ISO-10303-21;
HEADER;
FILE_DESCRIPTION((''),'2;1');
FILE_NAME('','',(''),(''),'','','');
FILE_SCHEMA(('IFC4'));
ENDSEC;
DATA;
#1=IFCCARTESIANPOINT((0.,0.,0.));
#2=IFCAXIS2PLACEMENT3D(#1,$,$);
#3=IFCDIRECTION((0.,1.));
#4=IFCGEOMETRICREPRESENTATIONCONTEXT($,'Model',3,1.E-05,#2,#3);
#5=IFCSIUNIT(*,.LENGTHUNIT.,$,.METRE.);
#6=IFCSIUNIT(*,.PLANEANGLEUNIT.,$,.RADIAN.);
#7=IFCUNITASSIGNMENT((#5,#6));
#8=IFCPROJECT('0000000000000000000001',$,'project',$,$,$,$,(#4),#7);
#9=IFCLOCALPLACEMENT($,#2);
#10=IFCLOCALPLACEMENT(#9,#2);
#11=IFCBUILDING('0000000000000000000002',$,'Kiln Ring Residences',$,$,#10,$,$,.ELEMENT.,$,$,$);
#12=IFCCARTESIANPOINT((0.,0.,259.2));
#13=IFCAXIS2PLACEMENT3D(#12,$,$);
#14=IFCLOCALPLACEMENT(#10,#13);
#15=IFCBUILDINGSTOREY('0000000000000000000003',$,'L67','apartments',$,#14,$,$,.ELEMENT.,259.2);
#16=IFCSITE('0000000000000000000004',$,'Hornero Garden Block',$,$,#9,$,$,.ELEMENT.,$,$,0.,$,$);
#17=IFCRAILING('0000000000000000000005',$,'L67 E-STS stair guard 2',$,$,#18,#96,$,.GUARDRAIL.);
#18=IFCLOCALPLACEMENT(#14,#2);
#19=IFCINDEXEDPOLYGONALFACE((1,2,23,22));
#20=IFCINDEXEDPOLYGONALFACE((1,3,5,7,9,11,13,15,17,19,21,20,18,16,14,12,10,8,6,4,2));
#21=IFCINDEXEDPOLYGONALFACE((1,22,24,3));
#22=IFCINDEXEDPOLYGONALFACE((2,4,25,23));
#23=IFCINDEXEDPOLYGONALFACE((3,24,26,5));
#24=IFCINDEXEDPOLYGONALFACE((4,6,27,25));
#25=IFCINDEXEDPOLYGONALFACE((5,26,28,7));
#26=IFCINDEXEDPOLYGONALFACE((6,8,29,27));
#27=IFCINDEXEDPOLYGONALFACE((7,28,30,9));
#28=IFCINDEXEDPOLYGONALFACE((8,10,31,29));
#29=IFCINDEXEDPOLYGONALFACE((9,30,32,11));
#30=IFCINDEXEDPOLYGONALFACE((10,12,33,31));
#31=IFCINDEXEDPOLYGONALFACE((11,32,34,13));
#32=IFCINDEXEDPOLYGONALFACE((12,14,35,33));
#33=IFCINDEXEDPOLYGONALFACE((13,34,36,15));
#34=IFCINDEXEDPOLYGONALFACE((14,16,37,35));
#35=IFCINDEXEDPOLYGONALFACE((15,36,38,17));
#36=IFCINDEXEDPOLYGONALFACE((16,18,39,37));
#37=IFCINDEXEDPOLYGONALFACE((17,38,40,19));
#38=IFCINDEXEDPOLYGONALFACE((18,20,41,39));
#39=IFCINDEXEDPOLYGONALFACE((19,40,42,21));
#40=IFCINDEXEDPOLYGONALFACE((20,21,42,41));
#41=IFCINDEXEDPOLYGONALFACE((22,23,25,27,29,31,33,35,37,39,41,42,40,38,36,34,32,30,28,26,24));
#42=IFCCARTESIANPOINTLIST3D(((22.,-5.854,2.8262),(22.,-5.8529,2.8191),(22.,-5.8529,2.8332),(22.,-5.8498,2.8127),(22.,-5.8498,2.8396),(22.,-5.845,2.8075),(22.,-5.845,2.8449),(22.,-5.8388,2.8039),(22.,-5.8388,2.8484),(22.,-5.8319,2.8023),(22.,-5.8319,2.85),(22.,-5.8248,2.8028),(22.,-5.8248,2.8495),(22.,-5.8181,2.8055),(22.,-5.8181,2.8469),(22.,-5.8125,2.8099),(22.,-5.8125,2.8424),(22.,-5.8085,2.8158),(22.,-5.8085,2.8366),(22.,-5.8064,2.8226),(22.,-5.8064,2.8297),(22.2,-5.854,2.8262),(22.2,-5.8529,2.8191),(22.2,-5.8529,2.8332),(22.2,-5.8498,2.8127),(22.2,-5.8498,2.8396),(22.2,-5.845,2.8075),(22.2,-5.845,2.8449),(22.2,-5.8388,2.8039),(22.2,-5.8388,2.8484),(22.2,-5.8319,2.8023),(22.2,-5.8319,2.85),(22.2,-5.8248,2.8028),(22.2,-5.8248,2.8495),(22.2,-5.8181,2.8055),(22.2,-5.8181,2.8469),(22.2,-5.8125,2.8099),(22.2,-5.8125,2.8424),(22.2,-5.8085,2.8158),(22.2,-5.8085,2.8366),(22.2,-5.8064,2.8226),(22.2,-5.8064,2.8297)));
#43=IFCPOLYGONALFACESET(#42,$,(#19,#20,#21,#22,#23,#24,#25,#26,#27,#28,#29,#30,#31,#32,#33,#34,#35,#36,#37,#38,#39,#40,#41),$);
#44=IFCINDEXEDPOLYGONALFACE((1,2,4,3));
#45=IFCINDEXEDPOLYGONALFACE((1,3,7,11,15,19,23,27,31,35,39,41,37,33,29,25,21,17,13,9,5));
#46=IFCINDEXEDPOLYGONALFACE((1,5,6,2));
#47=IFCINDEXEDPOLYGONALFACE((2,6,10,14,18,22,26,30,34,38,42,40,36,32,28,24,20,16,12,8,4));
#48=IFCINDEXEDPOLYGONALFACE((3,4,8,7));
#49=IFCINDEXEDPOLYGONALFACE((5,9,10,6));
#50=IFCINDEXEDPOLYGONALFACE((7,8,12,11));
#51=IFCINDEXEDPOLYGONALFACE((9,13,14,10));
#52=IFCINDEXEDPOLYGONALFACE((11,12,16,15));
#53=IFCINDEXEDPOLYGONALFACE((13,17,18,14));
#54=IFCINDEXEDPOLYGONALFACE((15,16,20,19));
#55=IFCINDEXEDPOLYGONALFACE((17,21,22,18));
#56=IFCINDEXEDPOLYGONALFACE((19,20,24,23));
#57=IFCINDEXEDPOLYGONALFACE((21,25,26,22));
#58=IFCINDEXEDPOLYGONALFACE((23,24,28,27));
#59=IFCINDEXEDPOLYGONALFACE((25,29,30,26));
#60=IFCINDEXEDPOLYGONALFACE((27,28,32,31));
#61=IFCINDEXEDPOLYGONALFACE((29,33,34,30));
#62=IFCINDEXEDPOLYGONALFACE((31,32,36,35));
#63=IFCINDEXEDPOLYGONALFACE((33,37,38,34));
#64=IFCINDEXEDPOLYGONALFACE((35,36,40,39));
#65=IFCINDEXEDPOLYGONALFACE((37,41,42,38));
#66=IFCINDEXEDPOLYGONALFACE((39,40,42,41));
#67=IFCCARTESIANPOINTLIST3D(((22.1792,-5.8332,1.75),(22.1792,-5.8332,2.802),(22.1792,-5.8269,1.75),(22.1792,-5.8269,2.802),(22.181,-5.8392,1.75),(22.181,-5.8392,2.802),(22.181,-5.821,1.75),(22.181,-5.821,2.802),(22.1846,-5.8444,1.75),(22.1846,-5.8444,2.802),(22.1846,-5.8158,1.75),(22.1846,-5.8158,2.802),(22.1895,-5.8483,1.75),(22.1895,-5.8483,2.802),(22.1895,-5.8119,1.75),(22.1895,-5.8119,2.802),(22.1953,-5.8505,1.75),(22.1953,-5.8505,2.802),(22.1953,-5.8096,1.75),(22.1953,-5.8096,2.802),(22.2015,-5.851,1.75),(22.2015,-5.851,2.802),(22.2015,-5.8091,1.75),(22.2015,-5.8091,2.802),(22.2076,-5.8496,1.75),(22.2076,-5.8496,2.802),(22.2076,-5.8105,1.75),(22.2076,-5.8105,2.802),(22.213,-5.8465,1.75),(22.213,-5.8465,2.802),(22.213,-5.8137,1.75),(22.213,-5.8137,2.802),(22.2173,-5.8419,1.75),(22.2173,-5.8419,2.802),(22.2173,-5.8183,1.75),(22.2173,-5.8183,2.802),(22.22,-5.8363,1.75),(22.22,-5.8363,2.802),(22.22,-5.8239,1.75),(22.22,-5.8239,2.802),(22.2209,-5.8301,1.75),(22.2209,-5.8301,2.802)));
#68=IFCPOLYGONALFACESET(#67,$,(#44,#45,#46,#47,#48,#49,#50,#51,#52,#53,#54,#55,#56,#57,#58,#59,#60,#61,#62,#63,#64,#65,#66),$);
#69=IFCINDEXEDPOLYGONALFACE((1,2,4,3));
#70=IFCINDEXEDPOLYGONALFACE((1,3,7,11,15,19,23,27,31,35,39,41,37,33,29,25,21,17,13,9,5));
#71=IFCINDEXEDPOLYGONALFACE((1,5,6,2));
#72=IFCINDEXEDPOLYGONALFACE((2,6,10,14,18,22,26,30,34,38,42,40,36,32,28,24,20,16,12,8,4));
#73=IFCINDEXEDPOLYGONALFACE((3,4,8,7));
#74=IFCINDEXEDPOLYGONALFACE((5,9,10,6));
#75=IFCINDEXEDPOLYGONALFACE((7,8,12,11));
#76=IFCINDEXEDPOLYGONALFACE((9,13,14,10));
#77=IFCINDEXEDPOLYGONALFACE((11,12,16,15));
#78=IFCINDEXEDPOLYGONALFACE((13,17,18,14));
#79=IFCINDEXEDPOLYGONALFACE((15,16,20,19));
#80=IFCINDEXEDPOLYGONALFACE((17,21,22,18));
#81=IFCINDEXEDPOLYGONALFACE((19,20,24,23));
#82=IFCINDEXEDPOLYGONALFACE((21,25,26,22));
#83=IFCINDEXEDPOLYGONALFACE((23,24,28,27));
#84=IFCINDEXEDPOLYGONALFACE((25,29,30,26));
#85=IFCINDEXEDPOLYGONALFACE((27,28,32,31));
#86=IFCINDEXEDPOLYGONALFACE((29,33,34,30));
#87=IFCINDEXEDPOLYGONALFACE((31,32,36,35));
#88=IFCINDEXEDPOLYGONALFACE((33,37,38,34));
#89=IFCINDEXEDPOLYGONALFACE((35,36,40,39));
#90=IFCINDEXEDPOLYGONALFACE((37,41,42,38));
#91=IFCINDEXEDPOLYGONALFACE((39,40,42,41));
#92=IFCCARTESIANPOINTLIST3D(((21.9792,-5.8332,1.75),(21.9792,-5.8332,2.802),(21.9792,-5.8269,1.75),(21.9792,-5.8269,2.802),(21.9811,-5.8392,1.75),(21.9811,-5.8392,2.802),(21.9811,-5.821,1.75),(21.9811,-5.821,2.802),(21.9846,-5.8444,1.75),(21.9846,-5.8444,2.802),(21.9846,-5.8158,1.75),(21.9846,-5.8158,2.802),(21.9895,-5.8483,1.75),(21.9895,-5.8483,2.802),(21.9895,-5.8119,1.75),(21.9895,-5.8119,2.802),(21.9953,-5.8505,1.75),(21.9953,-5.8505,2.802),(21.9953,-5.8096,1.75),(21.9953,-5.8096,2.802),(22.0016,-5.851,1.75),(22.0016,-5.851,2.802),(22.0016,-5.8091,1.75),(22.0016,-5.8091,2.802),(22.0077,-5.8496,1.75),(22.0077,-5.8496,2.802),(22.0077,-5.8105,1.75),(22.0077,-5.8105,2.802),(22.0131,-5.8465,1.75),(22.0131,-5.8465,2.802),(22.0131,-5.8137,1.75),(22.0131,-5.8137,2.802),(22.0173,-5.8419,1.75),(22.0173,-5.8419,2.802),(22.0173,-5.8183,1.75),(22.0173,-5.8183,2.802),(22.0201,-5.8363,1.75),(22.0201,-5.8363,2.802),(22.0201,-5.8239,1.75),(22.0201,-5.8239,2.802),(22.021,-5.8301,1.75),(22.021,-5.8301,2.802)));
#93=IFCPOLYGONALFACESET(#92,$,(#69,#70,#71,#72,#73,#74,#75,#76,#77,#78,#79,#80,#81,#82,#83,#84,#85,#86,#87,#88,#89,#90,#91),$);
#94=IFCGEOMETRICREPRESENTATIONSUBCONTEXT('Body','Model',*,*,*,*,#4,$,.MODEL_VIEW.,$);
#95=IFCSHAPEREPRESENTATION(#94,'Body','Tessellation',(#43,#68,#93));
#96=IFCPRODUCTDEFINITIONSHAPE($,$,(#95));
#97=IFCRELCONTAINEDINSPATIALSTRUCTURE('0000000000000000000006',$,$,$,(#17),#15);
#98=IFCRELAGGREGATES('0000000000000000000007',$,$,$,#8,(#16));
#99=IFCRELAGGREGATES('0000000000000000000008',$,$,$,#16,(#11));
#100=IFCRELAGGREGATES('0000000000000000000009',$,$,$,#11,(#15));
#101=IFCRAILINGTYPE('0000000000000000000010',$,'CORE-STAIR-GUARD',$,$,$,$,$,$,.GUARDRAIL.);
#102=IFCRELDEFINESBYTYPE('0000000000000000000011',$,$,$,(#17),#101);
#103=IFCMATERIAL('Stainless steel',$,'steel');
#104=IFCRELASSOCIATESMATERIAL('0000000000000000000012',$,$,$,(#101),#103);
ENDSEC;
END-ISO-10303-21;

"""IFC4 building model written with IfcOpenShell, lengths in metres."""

from ifc_helpers import new_model, si_unit, direction, frame, origin, origin_2d, place, context, subcontext, project, spatial, circle, extrude, material, type_object, element, save


model = new_model("IFC4")

# Units and contexts
model_context = context("Model", 3, precision=1e-05, world=origin(), true_north=direction((0.0, 1.0)))
body_context = subcontext(model_context, "Body", "Model", "MODEL_VIEW")
ifc_project = project(units=[si_unit("LENGTHUNIT", "METRE"), si_unit("PLANEANGLEUNIT", "RADIAN")], contexts=[model_context])

# Site, building, storey
site_placement = place(None, origin())
site = spatial("IfcSite", under=ifc_project, at=site_placement, Name="Hornero Garden Block", CompositionType="ELEMENT", RefElevation=0.0)
building_placement = place(site_placement, origin())
building = spatial("IfcBuilding", under=site, at=building_placement, Name="Kiln Ring Residences", CompositionType="ELEMENT")
storey_placement = place(building_placement, frame((0.0, 0.0, 259.2)))
storey = spatial("IfcBuildingStorey", under=building, at=storey_placement, Name="L67", Description="apartments", CompositionType="ELEMENT", Elevation=259.2)

# Railing
ifc_material_1 = material(Name="Stainless steel", Category="steel")
railing_type_1 = type_object("IfcRailingType", Name="CORE-STAIR-GUARD", PredefinedType="GUARDRAIL", material=ifc_material_1)
railing_1_placement = place(storey_placement, frame((22.2, -5.8301, 1.75)))
element("IfcRailing", 1, at=railing_1_placement, inside=storey, type_object=railing_type_1, Name="L67 E-STS stair guard 2", PredefinedType="GUARDRAIL", context=body_context, shape_type="SweptSolid", body=[
    extrude(circle(Radius=0.0239, at=origin_2d()), frame((0.0, 0.0, 1.0762), z_axis=(-1.0, 0.0, 0.0), x_axis=(0.0, -1.0, 0.0)), (0.0, 0.0, 1.0), 0.2),
    extrude(circle(Radius=0.021, at=origin_2d()), origin(), (0.0, 0.0, 1.0), 1.052),
    extrude(circle(Radius=0.021, at=origin_2d()), frame((-0.2, 0.0, 0.0)), (0.0, 0.0, 1.0), 1.052),
])

save(model, "model.ifc")
